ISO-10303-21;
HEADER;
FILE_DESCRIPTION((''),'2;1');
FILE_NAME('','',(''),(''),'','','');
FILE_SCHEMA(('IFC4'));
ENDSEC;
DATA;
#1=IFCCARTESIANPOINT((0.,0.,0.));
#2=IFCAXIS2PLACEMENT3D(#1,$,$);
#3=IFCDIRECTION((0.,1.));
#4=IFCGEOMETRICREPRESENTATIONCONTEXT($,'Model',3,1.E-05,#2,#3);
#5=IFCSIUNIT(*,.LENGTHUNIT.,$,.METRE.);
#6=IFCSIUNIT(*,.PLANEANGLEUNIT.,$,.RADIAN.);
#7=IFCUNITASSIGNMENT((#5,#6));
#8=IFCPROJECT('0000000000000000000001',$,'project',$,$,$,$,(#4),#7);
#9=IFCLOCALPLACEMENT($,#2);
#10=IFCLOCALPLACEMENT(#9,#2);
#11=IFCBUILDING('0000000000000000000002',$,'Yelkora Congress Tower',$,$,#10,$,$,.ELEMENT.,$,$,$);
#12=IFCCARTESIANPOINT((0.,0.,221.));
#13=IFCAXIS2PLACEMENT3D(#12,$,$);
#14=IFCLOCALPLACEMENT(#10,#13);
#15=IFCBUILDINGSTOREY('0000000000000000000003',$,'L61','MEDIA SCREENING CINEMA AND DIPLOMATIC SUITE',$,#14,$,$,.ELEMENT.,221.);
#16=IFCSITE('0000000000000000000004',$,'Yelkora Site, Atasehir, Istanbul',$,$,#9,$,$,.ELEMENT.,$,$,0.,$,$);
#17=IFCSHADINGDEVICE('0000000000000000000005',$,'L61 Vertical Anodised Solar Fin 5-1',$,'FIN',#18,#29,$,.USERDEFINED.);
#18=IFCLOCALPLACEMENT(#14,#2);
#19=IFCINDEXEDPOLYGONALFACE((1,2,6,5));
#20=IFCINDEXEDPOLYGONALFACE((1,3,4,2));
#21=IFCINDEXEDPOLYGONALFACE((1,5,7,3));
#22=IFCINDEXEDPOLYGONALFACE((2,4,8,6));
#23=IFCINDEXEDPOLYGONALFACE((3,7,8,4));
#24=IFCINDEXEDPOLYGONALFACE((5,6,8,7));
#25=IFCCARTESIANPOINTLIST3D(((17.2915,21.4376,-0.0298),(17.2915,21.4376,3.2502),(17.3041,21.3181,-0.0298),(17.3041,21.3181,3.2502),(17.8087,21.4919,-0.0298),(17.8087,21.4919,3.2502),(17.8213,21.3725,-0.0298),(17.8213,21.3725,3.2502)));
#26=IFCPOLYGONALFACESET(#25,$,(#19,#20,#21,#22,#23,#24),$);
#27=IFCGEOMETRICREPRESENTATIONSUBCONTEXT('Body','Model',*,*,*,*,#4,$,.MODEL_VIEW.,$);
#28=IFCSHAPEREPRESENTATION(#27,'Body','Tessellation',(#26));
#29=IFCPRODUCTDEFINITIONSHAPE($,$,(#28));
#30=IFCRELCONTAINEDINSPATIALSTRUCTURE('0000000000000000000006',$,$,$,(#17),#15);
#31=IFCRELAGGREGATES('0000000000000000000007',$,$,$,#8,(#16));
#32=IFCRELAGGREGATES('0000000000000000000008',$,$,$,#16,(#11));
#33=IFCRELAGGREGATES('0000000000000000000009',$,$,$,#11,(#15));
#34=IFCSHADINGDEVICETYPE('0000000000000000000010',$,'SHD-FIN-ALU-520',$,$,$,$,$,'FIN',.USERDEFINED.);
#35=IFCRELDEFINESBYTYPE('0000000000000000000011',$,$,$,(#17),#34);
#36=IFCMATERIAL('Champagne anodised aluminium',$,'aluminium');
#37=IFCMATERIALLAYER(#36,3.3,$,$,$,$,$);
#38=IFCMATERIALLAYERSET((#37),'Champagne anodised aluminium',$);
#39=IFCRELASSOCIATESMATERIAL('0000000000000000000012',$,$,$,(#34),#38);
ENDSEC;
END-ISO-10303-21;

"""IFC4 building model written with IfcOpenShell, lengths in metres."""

from ifc_helpers import new_model, si_unit, direction, frame, origin, origin_2d, place, context, subcontext, project, spatial, rectangle, extrude, material, layer, layer_set, type_object, element, save


model = new_model("IFC4")

# Units and contexts
model_context = context("Model", 3, precision=1e-05, world=origin(), true_north=direction((0.0, 1.0)))
body_context = subcontext(model_context, "Body", "Model", "MODEL_VIEW")
ifc_project = project(units=[si_unit("LENGTHUNIT", "METRE"), si_unit("PLANEANGLEUNIT", "RADIAN")], contexts=[model_context])

# Site, building, storey
site_placement = place(None, origin())
site = spatial("IfcSite", under=ifc_project, at=site_placement, Name="Yelkora Site, Atasehir, Istanbul", CompositionType="ELEMENT", RefElevation=0.0)
building_placement = place(site_placement, origin())
building = spatial("IfcBuilding", under=site, at=building_placement, Name="Yelkora Congress Tower", CompositionType="ELEMENT")
storey_placement = place(building_placement, frame((0.0, 0.0, 221.0)))
storey = spatial("IfcBuildingStorey", under=building, at=storey_placement, Name="L61", Description="MEDIA SCREENING CINEMA AND DIPLOMATIC SUITE", CompositionType="ELEMENT", Elevation=221.0)

# Shading device
ifc_material_1 = material(Name="Champagne anodised aluminium", Category="aluminium")
ifc_layer_1 = layer(ifc_material_1, 3.3)
ifc_layer_set_1 = layer_set([ifc_layer_1], Name="Champagne anodised aluminium")
shading_device_type = type_object("IfcShadingDeviceType", Name="SHD-FIN-ALU-520", ElementType="FIN", PredefinedType="USERDEFINED", material=ifc_layer_set_1)
shading_device_placement = place(storey_placement, frame((17.5564, 21.405, -0.0298), z_axis=(0.0, 0.0, 1.0), x_axis=(-0.104528, 0.994522, 0.0)))
element("IfcShadingDevice", 1, at=shading_device_placement, inside=storey, type_object=shading_device_type, Name="L61 Vertical Anodised Solar Fin 5-1", ObjectType="FIN", PredefinedType="USERDEFINED", context=body_context, shape_type="SweptSolid", body=[
    extrude(rectangle(XDim=0.1201, YDim=0.52, at=origin_2d()), origin(), (0.0, 0.0, 1.0), 3.28),
])

save(model, "model.ifc")
